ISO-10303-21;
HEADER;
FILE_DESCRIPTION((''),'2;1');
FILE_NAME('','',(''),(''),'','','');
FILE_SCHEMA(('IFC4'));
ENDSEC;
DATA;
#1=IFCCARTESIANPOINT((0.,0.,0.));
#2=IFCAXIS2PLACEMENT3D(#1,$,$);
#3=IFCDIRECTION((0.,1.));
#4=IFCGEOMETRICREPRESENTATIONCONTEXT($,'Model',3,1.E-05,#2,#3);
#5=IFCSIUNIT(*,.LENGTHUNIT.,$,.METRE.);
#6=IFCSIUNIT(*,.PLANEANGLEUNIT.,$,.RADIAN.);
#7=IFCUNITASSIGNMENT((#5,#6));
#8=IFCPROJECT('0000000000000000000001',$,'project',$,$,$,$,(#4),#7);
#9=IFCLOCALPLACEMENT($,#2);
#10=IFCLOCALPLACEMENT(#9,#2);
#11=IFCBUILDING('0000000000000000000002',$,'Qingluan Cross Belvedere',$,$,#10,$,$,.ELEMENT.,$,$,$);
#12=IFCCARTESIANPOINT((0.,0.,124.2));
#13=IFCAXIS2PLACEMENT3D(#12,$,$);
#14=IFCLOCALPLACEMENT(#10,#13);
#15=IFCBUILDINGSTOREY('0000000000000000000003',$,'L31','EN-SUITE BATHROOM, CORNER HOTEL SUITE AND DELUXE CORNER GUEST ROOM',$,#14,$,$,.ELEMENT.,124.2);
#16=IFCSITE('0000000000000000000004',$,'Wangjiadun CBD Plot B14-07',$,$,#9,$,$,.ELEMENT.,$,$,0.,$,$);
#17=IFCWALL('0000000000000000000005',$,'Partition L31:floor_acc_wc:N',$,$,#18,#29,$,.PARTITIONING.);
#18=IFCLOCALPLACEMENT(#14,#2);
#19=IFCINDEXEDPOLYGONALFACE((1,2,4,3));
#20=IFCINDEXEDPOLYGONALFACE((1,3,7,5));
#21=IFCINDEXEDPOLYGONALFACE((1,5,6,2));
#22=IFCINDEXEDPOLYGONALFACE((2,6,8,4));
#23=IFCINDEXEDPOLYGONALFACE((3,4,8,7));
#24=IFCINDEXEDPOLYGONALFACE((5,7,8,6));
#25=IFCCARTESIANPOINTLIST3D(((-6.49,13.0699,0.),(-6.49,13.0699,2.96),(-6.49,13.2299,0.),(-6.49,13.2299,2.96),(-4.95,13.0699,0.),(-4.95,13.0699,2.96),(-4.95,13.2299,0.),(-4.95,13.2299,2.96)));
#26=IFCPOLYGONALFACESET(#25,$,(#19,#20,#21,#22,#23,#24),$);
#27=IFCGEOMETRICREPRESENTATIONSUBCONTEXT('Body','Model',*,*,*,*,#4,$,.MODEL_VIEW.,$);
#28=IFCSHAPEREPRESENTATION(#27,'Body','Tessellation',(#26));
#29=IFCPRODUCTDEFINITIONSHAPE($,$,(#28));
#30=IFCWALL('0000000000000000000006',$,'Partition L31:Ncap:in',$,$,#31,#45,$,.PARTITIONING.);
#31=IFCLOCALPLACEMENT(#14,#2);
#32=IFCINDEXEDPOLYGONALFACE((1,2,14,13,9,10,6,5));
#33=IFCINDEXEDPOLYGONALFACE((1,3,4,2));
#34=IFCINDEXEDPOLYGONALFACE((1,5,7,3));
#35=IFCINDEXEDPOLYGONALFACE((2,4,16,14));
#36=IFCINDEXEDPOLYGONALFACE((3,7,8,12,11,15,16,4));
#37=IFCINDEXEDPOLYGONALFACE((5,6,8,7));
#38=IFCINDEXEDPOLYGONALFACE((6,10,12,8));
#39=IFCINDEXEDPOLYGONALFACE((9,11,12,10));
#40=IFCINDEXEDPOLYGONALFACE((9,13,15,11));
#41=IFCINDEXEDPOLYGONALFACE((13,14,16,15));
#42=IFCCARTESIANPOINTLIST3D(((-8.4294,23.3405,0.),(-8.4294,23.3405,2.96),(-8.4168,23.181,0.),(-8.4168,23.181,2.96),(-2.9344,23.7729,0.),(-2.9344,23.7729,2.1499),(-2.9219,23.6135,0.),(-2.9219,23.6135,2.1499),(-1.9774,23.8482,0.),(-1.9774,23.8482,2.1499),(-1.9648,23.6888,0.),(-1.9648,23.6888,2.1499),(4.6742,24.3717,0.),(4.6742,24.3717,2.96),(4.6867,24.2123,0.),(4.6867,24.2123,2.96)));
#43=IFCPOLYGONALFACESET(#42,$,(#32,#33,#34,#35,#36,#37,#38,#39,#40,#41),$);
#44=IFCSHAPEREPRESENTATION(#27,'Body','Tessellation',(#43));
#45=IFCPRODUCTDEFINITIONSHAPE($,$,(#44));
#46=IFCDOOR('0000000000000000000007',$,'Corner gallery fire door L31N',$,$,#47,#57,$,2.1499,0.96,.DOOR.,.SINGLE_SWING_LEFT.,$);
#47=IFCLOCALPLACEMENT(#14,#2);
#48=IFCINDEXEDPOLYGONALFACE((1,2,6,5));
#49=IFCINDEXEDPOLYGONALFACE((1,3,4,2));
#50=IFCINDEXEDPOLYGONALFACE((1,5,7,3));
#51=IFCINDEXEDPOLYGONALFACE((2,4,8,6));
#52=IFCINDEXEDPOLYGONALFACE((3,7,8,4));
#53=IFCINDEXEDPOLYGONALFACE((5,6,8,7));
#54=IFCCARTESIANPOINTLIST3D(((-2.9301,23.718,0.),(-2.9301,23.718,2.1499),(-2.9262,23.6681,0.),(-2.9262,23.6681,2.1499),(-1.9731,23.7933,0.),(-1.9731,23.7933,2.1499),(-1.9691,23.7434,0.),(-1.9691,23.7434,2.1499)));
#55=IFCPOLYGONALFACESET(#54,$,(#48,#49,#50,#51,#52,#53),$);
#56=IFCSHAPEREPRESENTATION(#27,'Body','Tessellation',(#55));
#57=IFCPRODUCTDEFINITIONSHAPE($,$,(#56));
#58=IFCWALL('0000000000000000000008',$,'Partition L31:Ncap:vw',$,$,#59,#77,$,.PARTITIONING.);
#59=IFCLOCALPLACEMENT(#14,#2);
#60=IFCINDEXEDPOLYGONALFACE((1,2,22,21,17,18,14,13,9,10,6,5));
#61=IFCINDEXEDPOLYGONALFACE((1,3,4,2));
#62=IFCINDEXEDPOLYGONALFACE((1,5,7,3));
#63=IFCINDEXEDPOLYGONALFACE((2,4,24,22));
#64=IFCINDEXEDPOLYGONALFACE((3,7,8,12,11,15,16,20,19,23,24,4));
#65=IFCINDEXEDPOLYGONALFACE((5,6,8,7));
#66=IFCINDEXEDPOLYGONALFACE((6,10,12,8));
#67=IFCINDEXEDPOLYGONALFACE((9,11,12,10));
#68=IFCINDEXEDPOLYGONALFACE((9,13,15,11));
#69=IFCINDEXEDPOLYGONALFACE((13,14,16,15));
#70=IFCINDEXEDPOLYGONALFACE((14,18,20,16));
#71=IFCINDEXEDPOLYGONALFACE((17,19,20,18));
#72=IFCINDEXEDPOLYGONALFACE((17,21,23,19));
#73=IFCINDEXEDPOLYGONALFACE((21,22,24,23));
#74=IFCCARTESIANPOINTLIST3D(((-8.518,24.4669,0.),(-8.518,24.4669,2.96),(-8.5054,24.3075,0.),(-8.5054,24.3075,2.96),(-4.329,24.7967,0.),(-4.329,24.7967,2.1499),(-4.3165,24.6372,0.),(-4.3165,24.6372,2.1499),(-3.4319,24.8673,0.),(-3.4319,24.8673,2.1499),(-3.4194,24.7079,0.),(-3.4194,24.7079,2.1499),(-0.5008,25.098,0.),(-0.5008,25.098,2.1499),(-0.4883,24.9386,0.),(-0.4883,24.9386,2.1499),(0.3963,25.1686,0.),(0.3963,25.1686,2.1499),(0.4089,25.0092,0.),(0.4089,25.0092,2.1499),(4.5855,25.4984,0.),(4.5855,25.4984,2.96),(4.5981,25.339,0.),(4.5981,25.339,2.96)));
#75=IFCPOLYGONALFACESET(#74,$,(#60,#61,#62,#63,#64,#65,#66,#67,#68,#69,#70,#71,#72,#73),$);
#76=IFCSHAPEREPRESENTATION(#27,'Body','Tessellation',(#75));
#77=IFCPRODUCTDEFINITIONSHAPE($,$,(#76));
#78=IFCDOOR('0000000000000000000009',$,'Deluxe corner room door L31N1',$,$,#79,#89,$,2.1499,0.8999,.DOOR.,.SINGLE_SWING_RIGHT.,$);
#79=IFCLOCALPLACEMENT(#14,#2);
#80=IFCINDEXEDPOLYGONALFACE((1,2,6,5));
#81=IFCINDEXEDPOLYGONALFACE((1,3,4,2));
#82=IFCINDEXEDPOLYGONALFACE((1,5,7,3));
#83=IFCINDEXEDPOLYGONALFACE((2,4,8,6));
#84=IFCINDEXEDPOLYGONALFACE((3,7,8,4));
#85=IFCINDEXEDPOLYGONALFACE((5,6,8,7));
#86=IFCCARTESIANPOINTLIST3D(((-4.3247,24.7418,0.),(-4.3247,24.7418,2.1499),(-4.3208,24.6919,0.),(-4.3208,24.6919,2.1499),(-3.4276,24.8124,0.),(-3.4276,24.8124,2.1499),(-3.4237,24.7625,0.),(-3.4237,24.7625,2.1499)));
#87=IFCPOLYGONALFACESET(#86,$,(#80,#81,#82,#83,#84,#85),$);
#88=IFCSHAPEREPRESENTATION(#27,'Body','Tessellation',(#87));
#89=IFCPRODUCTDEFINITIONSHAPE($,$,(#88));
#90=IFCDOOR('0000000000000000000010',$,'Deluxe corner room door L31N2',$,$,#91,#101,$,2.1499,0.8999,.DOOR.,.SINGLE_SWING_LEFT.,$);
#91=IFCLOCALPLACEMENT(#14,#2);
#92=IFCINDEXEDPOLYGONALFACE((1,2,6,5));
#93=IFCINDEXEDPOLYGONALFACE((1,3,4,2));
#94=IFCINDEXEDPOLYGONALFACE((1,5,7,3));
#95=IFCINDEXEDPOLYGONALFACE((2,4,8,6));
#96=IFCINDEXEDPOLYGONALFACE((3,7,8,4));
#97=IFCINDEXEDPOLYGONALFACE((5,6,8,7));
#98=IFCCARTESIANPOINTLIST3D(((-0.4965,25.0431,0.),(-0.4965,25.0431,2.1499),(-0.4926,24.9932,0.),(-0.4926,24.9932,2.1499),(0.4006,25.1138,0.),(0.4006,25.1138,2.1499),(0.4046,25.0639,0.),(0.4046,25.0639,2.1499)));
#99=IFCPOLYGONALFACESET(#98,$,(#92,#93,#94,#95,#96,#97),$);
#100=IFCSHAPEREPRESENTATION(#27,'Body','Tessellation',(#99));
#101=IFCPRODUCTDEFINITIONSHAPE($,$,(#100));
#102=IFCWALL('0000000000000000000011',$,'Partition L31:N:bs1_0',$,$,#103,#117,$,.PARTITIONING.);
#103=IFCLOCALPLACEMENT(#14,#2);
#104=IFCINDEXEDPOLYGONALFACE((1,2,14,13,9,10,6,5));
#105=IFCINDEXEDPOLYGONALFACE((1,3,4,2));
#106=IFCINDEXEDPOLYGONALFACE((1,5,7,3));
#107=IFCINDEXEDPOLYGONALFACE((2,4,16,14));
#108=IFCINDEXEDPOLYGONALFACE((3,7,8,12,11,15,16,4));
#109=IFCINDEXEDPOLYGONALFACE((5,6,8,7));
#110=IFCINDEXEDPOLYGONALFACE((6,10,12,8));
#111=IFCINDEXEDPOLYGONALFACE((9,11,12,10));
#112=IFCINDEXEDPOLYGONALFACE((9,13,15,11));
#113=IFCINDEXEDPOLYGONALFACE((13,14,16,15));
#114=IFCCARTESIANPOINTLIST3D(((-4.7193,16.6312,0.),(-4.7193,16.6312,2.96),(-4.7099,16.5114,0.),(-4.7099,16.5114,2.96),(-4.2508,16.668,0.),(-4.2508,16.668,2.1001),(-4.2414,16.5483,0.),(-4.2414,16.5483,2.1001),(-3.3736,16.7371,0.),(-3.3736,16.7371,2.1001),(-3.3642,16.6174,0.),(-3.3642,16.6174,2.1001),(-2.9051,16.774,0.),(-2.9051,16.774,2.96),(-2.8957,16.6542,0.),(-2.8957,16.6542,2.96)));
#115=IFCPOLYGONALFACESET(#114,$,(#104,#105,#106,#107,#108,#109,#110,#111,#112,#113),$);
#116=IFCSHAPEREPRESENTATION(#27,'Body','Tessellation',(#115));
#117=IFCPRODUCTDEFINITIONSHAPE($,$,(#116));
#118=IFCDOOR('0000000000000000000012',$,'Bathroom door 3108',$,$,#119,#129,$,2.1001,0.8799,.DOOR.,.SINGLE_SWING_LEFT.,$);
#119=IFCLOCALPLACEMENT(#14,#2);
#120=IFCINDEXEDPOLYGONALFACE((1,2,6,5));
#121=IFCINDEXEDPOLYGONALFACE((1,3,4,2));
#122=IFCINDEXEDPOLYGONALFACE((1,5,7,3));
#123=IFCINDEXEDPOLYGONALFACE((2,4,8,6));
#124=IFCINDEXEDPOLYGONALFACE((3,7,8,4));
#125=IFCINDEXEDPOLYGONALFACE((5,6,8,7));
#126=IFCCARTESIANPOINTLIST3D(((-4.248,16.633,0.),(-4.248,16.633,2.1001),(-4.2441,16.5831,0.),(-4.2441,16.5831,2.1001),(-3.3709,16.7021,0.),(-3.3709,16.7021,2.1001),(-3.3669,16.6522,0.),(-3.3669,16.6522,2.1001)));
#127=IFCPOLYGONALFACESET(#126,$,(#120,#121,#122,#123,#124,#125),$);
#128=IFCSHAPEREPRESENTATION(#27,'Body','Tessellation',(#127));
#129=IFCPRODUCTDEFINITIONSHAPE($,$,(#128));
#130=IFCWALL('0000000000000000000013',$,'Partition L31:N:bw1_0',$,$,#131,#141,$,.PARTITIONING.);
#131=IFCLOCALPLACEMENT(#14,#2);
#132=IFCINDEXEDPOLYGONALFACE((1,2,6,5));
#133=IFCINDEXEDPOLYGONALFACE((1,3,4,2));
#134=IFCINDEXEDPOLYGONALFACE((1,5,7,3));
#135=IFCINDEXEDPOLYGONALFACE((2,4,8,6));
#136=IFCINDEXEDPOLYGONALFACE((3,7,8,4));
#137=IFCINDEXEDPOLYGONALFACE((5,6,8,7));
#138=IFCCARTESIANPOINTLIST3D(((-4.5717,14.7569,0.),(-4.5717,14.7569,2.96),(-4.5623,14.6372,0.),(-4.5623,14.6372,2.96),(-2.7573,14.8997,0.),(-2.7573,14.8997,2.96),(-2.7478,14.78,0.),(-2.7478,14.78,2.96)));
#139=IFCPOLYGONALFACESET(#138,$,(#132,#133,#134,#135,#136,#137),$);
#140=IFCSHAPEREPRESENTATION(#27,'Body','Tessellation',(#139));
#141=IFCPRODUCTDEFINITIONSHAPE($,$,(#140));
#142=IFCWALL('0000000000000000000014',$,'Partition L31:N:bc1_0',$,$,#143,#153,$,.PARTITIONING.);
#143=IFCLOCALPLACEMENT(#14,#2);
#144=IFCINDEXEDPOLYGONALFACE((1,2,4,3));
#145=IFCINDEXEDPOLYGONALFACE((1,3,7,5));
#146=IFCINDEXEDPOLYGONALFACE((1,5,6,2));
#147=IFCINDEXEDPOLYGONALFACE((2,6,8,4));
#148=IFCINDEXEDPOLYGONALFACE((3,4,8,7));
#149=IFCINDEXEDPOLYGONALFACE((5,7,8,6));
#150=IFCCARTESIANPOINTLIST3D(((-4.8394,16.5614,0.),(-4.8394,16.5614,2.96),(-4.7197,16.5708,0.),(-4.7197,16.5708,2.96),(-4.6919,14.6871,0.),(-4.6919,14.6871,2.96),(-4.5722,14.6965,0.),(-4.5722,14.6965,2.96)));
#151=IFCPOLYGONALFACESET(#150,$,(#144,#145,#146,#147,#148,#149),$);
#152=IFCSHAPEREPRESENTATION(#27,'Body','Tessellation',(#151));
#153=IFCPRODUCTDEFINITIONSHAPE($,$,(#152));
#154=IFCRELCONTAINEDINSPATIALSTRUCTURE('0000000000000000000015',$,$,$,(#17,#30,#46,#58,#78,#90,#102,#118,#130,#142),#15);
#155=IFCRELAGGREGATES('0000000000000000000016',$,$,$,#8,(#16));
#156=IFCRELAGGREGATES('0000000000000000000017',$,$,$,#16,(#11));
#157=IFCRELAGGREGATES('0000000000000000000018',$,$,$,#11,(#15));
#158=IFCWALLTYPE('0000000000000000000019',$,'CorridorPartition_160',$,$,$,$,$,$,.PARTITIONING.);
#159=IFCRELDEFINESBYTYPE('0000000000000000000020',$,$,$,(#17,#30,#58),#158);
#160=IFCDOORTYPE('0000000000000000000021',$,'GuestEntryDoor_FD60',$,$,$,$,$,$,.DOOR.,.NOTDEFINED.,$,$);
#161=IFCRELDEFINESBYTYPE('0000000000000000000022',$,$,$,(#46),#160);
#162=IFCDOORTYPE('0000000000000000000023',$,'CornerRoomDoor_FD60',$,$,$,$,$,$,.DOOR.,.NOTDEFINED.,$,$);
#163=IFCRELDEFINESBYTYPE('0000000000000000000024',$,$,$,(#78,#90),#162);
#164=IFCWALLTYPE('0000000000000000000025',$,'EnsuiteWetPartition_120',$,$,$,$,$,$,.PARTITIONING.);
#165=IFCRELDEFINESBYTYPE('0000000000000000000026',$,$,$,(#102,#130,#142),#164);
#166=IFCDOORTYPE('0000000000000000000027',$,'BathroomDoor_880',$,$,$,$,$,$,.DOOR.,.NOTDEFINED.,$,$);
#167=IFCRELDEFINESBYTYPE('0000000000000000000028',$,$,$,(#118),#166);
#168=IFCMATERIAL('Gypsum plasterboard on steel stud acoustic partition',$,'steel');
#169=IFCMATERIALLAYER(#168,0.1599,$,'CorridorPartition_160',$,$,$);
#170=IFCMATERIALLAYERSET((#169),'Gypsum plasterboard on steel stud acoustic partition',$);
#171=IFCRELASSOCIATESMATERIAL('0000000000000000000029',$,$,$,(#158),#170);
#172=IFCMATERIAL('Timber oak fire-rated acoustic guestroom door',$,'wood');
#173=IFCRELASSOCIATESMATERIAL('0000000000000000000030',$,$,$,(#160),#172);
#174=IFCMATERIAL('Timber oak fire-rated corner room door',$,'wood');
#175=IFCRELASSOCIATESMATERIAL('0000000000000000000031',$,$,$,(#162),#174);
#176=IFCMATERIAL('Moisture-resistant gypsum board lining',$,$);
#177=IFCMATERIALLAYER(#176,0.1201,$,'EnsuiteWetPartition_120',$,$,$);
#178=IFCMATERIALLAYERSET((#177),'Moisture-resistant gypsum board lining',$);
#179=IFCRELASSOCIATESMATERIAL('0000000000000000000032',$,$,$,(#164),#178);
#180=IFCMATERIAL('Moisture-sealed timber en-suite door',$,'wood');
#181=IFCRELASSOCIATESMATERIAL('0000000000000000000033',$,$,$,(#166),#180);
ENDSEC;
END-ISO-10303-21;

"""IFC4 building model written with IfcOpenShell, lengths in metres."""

from ifc_helpers import new_model, si_unit, direction, frame, frame_2d, origin, place, context, subcontext, project, spatial, rectangle, extrude, material, layer, layer_set, type_object, element, fill, save


model = new_model("IFC4")

# Units and contexts
model_context = context("Model", 3, precision=1e-05, world=origin(), true_north=direction((0.0, 1.0)))
body_context = subcontext(model_context, "Body", "Model", "MODEL_VIEW")
ifc_project = project(units=[si_unit("LENGTHUNIT", "METRE"), si_unit("PLANEANGLEUNIT", "RADIAN")], contexts=[model_context])

# Site, building, storey
site_placement = place(None, origin())
site = spatial("IfcSite", under=ifc_project, at=site_placement, Name="Wangjiadun CBD Plot B14-07", CompositionType="ELEMENT", RefElevation=0.0)
building_placement = place(site_placement, origin())
building = spatial("IfcBuilding", under=site, at=building_placement, Name="Qingluan Cross Belvedere", CompositionType="ELEMENT")
storey_placement = place(building_placement, frame((0.0, 0.0, 124.2)))
storey = spatial("IfcBuildingStorey", under=building, at=storey_placement, Name="L31", Description="EN-SUITE BATHROOM, CORNER HOTEL SUITE AND DELUXE CORNER GUEST ROOM", CompositionType="ELEMENT", Elevation=124.2)

# Wall
ifc_material_1 = material(Name="Gypsum plasterboard on steel stud acoustic partition", Category="steel")
ifc_layer_1 = layer(ifc_material_1, 0.1599, Name="CorridorPartition_160")
ifc_layer_set_1 = layer_set([ifc_layer_1], Name="Gypsum plasterboard on steel stud acoustic partition")
wall_type_1 = type_object("IfcWallType", Name="CorridorPartition_160", PredefinedType="PARTITIONING", material=ifc_layer_set_1)
wall_1_placement = place(storey_placement, frame((-6.49, 13.1499, 0.0), z_axis=(0.0, 0.0, 1.0), x_axis=(1.0, 0.0, 0.0)))
element("IfcWall", 1, at=wall_1_placement, inside=storey, type_object=wall_type_1, Name="Partition L31:floor_acc_wc:N", PredefinedType="PARTITIONING", context=body_context, shape_type="SweptSolid", body=[
    extrude(rectangle(XDim=1.54, YDim=0.1599, at=frame_2d((0.77, 0.0))), origin(), (0.0, 0.0, 1.0), 2.96),
])

# Wall, opening, door
wall_2_placement = place(storey_placement, frame((-8.4231, 23.2607, 0.0), z_axis=(0.0, 0.0, 1.0), x_axis=(0.996917, 0.078458, 0.0)))
wall_2 = element("IfcWall", 2, at=wall_2_placement, inside=storey, type_object=wall_type_1, Name="Partition L31:Ncap:in", PredefinedType="PARTITIONING", context=body_context, shape_type="SweptSolid", body=[
    extrude(rectangle(XDim=13.144, YDim=0.1599, at=frame_2d((6.572, 0.0))), origin(), (0.0, 0.0, 1.0), 2.96),
])
opening_1_placement = place(wall_2_placement, frame((5.512, 0.0, 0.0)))
opening_1 = element("IfcOpeningElement", 3, at=opening_1_placement, cuts=wall_2, PredefinedType="OPENING", context=body_context, shape_type="SweptSolid", body=[
    extrude(rectangle(XDim=0.96, YDim=2.1499, at=frame_2d((0.48, 1.075))), frame((0.0, 0.0898, 0.0), z_axis=(0.0, -1.0, 0.0), x_axis=(1.0, 0.0, 0.0)), (0.0, 0.0, 1.0), 0.1799),
])
ifc_material_2 = material(Name="Timber oak fire-rated acoustic guestroom door", Category="wood")
door_type_1 = type_object("IfcDoorType", Name="GuestEntryDoor_FD60", OperationType="NOTDEFINED", PredefinedType="DOOR", material=ifc_material_2)
door_1_placement = place(opening_1_placement, origin())
door_1 = element("IfcDoor", 4, at=door_1_placement, inside=storey, type_object=door_type_1, Name="Corner gallery fire door L31N", OperationType="SINGLE_SWING_LEFT", OverallHeight=2.1499, OverallWidth=0.96, PredefinedType="DOOR", context=body_context, shape_type="SweptSolid", body=[
    extrude(rectangle(XDim=0.96, YDim=2.1499, at=frame_2d((0.48, 1.075))), frame((0.0, 0.0249, 0.0), z_axis=(0.0, -1.0, 0.0), x_axis=(1.0, 0.0, 0.0)), (0.0, 0.0, 1.0), 0.05),
])
fill(opening_1, door_1)

# Wall, openings, doors
wall_3_placement = place(storey_placement, frame((-8.5117, 24.3872, 0.0), z_axis=(0.0, 0.0, 1.0), x_axis=(0.996916, 0.078476, 0.0)))
wall_3 = element("IfcWall", 5, at=wall_3_placement, inside=storey, type_object=wall_type_1, Name="Partition L31:Ncap:vw", PredefinedType="PARTITIONING", context=body_context, shape_type="SweptSolid", body=[
    extrude(rectangle(XDim=13.144, YDim=0.1599, at=frame_2d((6.572, 0.0))), origin(), (0.0, 0.0, 1.0), 2.96),
])
opening_2_placement = place(wall_3_placement, frame((4.2019, 0.0, 0.0)))
opening_2 = element("IfcOpeningElement", 6, at=opening_2_placement, cuts=wall_3, PredefinedType="OPENING", context=body_context, shape_type="SweptSolid", body=[
    extrude(rectangle(XDim=0.8999, YDim=2.1499, at=frame_2d((0.45, 1.075))), frame((0.0, 0.0898, 0.0), z_axis=(0.0, -1.0, 0.0), x_axis=(1.0, 0.0, 0.0)), (0.0, 0.0, 1.0), 0.1799),
])
opening_3_placement = place(wall_3_placement, frame((8.042, 0.0, 0.0)))
opening_3 = element("IfcOpeningElement", 7, at=opening_3_placement, cuts=wall_3, PredefinedType="OPENING", context=body_context, shape_type="SweptSolid", body=[
    extrude(rectangle(XDim=0.8999, YDim=2.1499, at=frame_2d((0.45, 1.075))), frame((0.0, 0.0898, 0.0), z_axis=(0.0, -1.0, 0.0), x_axis=(1.0, 0.0, 0.0)), (0.0, 0.0, 1.0), 0.1799),
])
ifc_material_3 = material(Name="Timber oak fire-rated corner room door", Category="wood")
door_type_2 = type_object("IfcDoorType", Name="CornerRoomDoor_FD60", OperationType="NOTDEFINED", PredefinedType="DOOR", material=ifc_material_3)
door_2_placement = place(opening_2_placement, origin())
door_2 = element("IfcDoor", 8, at=door_2_placement, inside=storey, type_object=door_type_2, Name="Deluxe corner room door L31N1", OperationType="SINGLE_SWING_RIGHT", OverallHeight=2.1499, OverallWidth=0.8999, PredefinedType="DOOR", context=body_context, shape_type="SweptSolid", body=[
    extrude(rectangle(XDim=0.8999, YDim=2.1499, at=frame_2d((0.45, 1.075))), frame((0.0, 0.0249, 0.0), z_axis=(0.0, -1.0, 0.0), x_axis=(1.0, 0.0, 0.0)), (0.0, 0.0, 1.0), 0.05),
])
fill(opening_2, door_2)
door_3_placement = place(opening_3_placement, origin())
door_3 = element("IfcDoor", 9, at=door_3_placement, inside=storey, type_object=door_type_2, Name="Deluxe corner room door L31N2", OperationType="SINGLE_SWING_LEFT", OverallHeight=2.1499, OverallWidth=0.8999, PredefinedType="DOOR", context=body_context, shape_type="SweptSolid", body=[
    extrude(rectangle(XDim=0.8999, YDim=2.1499, at=frame_2d((0.45, 1.075))), frame((0.0, 0.0249, 0.0), z_axis=(0.0, -1.0, 0.0), x_axis=(1.0, 0.0, 0.0)), (0.0, 0.0, 1.0), 0.05),
])
fill(opening_3, door_3)

# Wall, opening, door
ifc_material_4 = material(Name="Moisture-resistant gypsum board lining")
ifc_layer_2 = layer(ifc_material_4, 0.1201, Name="EnsuiteWetPartition_120")
ifc_layer_set_2 = layer_set([ifc_layer_2], Name="Moisture-resistant gypsum board lining")
wall_type_2 = type_object("IfcWallType", Name="EnsuiteWetPartition_120", PredefinedType="PARTITIONING", material=ifc_layer_set_2)
wall_4_placement = place(storey_placement, frame((-4.7146, 16.5713, 0.0), z_axis=(0.0, 0.0, 1.0), x_axis=(0.996916, 0.078481, 0.0)))
wall_4 = element("IfcWall", 10, at=wall_4_placement, inside=storey, type_object=wall_type_2, Name="Partition L31:N:bs1_0", PredefinedType="PARTITIONING", context=body_context, shape_type="SweptSolid", body=[
    extrude(rectangle(XDim=1.8198, YDim=0.1201, at=frame_2d((0.9099, 0.0))), origin(), (0.0, 0.0, 1.0), 2.96),
])
opening_4_placement = place(wall_4_placement, frame((0.47, 0.0, 0.0)))
opening_4 = element("IfcOpeningElement", 11, at=opening_4_placement, cuts=wall_4, PredefinedType="OPENING", context=body_context, shape_type="SweptSolid", body=[
    extrude(rectangle(XDim=0.8799, YDim=2.1001, at=frame_2d((0.4399, 1.05))), frame((0.0, 0.0701, 0.0), z_axis=(0.0, -1.0, 0.0), x_axis=(1.0, 0.0, 0.0)), (0.0, 0.0, 1.0), 0.1401),
])
ifc_material_5 = material(Name="Moisture-sealed timber en-suite door", Category="wood")
door_type_3 = type_object("IfcDoorType", Name="BathroomDoor_880", OperationType="NOTDEFINED", PredefinedType="DOOR", material=ifc_material_5)
door_4_placement = place(opening_4_placement, origin())
door_4 = element("IfcDoor", 12, at=door_4_placement, inside=storey, type_object=door_type_3, Name="Bathroom door 3108", OperationType="SINGLE_SWING_LEFT", OverallHeight=2.1001, OverallWidth=0.8799, PredefinedType="DOOR", context=body_context, shape_type="SweptSolid", body=[
    extrude(rectangle(XDim=0.8799, YDim=2.1001, at=frame_2d((0.4399, 1.05))), frame((0.0, 0.0249, 0.0), z_axis=(0.0, -1.0, 0.0), x_axis=(1.0, 0.0, 0.0)), (0.0, 0.0, 1.0), 0.05),
])
fill(opening_4, door_4)

# Walls
wall_5_placement = place(storey_placement, frame((-4.5671, 14.697, 0.0), z_axis=(0.0, 0.0, 1.0), x_axis=(0.996916, 0.078471, 0.0)))
element("IfcWall", 13, at=wall_5_placement, inside=storey, type_object=wall_type_2, Name="Partition L31:N:bw1_0", PredefinedType="PARTITIONING", context=body_context, shape_type="SweptSolid", body=[
    extrude(rectangle(XDim=1.8201, YDim=0.1201, at=frame_2d((0.9102, 0.0))), origin(), (0.0, 0.0, 1.0), 2.96),
])
wall_6_placement = place(storey_placement, frame((-4.6321, 14.6919, 0.0), z_axis=(0.0, 0.0, 1.0), x_axis=(-0.078434, 0.996919, 0.0)))
element("IfcWall", 14, at=wall_6_placement, inside=storey, type_object=wall_type_2, Name="Partition L31:N:bc1_0", PredefinedType="PARTITIONING", context=body_context, shape_type="SweptSolid", body=[
    extrude(rectangle(XDim=1.8801, YDim=0.1201, at=frame_2d((0.9399, 0.0))), origin(), (0.0, 0.0, 1.0), 2.96),
])

save(model, "model.ifc")
